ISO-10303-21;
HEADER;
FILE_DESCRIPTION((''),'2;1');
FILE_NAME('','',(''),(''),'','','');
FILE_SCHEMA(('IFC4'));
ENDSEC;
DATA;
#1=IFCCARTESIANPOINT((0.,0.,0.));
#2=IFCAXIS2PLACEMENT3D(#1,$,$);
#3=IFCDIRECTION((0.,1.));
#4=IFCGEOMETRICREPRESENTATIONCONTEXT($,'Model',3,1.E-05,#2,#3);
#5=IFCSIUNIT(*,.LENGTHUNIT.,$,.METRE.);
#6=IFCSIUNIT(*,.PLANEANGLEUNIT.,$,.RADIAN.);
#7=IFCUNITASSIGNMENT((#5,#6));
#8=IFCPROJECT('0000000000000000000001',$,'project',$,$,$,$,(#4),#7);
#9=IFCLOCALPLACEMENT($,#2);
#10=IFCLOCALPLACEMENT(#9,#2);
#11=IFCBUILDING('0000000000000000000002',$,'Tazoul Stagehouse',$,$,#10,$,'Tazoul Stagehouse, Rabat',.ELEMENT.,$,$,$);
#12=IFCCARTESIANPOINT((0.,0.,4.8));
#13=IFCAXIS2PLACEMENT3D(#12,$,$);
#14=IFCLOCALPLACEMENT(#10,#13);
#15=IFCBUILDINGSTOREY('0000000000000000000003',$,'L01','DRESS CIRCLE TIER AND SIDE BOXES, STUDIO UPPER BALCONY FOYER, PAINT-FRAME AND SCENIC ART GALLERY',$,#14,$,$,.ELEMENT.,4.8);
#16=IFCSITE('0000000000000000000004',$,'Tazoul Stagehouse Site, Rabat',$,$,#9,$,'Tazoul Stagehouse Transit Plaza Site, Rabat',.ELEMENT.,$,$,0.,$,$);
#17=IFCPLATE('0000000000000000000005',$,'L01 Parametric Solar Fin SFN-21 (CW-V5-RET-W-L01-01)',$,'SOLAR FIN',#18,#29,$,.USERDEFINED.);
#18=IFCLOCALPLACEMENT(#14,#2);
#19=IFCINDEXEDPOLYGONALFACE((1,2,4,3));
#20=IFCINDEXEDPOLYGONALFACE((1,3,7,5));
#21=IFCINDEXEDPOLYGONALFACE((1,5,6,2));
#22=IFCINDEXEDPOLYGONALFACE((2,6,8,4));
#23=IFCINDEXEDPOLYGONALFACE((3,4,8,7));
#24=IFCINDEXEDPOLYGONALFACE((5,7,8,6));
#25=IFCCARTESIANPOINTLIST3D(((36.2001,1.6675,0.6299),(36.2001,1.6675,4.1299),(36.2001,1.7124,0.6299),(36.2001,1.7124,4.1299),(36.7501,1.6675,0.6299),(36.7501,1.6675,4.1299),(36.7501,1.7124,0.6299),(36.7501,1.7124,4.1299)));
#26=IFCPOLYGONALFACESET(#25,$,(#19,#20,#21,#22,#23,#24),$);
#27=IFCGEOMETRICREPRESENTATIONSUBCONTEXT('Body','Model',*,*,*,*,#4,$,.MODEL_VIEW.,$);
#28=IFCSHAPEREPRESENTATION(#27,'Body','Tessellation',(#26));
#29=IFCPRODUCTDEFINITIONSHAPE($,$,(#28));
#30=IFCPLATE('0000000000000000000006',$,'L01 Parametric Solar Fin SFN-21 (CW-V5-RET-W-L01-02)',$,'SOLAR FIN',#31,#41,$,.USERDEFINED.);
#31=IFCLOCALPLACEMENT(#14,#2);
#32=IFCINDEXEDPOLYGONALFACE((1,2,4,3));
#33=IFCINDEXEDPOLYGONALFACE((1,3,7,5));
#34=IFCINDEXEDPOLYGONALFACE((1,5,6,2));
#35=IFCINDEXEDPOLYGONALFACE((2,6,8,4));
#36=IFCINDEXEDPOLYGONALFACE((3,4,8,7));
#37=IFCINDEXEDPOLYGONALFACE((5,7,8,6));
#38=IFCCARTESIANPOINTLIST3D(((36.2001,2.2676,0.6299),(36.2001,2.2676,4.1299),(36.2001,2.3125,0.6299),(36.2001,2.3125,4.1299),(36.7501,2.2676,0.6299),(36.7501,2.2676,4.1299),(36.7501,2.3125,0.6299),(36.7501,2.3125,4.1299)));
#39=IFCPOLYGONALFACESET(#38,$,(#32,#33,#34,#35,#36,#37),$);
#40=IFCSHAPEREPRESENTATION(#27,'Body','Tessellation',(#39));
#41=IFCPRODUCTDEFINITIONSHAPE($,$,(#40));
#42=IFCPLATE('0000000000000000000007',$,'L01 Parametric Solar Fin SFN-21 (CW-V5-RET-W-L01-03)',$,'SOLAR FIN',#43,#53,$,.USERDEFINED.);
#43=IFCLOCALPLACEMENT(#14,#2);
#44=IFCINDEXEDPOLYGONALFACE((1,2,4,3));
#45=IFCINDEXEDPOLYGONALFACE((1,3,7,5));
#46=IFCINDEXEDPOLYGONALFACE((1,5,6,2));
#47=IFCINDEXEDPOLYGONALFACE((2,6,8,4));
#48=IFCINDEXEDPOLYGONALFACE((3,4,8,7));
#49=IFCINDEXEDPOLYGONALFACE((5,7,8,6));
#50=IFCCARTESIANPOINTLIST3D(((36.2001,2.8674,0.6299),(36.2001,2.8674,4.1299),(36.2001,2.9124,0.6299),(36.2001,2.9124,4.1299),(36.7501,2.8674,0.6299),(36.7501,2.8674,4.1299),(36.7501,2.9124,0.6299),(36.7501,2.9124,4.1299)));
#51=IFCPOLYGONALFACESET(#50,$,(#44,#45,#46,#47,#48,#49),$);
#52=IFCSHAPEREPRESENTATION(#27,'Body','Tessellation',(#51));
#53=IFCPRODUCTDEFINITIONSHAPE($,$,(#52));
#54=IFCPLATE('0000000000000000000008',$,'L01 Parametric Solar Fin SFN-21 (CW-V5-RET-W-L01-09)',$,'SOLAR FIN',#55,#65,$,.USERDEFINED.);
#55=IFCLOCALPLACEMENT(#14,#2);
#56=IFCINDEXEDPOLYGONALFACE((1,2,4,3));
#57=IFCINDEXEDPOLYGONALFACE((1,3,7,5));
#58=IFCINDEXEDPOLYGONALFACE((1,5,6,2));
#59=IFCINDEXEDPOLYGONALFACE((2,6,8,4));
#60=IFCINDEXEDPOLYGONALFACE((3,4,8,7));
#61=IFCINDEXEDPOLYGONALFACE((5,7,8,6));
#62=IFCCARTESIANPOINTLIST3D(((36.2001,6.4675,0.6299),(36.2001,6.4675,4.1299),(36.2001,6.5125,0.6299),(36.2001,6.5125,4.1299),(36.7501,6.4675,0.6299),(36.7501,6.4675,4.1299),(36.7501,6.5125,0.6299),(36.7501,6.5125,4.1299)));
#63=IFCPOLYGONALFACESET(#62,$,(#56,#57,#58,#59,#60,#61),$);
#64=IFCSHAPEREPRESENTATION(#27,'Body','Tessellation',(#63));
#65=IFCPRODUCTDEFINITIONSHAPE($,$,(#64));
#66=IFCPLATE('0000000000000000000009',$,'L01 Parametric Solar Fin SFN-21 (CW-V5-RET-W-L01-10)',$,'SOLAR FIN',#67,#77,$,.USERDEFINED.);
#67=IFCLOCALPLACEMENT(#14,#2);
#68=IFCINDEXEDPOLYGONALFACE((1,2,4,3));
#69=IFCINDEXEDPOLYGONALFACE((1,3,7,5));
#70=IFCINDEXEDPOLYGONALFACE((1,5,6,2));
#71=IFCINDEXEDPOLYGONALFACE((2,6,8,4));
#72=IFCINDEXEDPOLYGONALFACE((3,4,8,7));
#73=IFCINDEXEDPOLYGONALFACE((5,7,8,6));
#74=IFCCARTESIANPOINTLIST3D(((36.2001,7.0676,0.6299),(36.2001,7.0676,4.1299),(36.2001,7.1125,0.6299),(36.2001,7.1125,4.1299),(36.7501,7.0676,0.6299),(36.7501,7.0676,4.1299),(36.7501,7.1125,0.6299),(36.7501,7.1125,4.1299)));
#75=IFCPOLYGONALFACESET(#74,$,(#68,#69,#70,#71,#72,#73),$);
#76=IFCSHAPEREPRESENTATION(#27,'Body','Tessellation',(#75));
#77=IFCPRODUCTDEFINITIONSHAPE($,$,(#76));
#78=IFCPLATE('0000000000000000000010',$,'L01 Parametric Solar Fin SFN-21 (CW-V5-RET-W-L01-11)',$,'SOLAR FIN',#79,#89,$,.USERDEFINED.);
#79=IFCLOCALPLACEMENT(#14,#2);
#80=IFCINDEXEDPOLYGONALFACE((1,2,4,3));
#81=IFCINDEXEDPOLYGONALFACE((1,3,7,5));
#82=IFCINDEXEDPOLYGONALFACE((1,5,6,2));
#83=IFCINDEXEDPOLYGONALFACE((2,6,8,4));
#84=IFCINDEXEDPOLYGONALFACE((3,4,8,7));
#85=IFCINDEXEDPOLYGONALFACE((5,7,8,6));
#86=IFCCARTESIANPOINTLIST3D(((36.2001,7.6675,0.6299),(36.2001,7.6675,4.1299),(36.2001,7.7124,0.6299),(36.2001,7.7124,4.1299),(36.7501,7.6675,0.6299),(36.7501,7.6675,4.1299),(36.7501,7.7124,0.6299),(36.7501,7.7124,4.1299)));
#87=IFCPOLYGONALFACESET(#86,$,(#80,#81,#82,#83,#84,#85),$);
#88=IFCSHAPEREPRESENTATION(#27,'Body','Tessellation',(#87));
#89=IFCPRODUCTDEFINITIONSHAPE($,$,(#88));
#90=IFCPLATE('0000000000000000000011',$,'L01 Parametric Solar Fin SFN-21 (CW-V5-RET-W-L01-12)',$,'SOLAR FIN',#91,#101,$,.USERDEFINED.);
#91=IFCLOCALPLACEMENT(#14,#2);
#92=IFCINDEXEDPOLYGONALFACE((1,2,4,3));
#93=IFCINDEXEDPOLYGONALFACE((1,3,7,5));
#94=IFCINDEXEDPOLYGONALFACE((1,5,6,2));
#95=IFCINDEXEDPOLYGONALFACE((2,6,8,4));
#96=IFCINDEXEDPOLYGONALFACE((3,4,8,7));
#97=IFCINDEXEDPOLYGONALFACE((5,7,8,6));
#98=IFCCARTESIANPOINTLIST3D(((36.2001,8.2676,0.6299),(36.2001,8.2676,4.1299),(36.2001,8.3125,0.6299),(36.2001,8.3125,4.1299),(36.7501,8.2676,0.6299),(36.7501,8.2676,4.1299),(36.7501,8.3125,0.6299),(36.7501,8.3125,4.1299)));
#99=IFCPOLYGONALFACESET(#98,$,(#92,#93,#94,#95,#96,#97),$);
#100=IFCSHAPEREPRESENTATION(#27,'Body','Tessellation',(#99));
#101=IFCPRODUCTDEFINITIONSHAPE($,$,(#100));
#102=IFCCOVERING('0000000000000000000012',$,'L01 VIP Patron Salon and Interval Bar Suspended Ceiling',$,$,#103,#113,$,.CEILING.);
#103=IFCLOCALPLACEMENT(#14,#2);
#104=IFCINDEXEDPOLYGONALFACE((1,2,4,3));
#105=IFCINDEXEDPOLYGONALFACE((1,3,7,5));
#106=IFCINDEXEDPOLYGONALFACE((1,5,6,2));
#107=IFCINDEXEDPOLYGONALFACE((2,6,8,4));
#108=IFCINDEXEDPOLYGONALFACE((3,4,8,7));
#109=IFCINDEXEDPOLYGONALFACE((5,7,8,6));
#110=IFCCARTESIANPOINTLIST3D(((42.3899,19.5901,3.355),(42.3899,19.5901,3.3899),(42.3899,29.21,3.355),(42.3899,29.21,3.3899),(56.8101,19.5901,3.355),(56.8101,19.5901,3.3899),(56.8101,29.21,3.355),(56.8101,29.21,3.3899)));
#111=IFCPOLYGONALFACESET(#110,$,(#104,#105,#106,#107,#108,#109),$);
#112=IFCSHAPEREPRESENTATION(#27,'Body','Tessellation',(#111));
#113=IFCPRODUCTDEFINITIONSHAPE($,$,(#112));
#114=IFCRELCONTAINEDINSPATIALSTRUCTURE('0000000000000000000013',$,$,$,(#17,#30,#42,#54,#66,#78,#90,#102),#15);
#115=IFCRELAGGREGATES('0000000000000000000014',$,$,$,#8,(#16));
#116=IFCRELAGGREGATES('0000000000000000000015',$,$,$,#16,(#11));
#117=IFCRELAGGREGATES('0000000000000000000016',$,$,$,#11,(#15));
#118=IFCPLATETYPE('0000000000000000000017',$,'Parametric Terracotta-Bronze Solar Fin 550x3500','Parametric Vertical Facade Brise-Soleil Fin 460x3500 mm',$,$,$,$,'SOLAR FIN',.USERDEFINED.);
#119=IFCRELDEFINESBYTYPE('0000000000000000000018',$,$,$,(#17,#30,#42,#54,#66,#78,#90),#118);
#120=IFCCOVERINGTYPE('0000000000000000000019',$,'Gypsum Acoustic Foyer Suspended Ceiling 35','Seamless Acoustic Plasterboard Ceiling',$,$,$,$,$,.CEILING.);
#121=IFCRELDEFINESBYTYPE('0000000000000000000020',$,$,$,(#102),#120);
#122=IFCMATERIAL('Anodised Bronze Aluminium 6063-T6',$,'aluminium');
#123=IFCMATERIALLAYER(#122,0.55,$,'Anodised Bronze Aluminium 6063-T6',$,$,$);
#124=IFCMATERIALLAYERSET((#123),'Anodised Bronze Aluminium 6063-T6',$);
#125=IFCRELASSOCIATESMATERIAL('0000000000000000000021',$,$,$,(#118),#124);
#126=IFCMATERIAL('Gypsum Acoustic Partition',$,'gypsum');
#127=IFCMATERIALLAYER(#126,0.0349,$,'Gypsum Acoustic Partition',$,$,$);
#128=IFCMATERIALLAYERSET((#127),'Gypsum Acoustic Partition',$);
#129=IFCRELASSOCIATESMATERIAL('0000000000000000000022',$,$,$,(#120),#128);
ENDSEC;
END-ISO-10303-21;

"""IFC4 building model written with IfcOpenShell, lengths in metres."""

from ifc_helpers import new_model, si_unit, direction, frame, origin, origin_2d, place, context, subcontext, project, spatial, polyline, rectangle, outline, extrude, material, layer, layer_set, type_object, element, save


model = new_model("IFC4")

# Units and contexts
model_context = context("Model", 3, precision=1e-05, world=origin(), true_north=direction((0.0, 1.0)))
body_context = subcontext(model_context, "Body", "Model", "MODEL_VIEW")
ifc_project = project(units=[si_unit("LENGTHUNIT", "METRE"), si_unit("PLANEANGLEUNIT", "RADIAN")], contexts=[model_context])

# Shared definitions
ifc_material_1 = material(Name="Anodised Bronze Aluminium 6063-T6", Category="aluminium")
site_placement = place(None, origin())
building_placement = place(site_placement, origin())
storey_placement = place(building_placement, frame((0.0, 0.0, 4.8)))

# Site, building, storey
site = spatial("IfcSite", under=ifc_project, at=site_placement, Name="Tazoul Stagehouse Site, Rabat", LongName="Tazoul Stagehouse Transit Plaza Site, Rabat", CompositionType="ELEMENT", RefElevation=0.0)
building = spatial("IfcBuilding", under=site, at=building_placement, Name="Tazoul Stagehouse", LongName="Tazoul Stagehouse, Rabat", CompositionType="ELEMENT")
storey = spatial("IfcBuildingStorey", under=building, at=storey_placement, Name="L01", Description="DRESS CIRCLE TIER AND SIDE BOXES, STUDIO UPPER BALCONY FOYER, PAINT-FRAME AND SCENIC ART GALLERY", CompositionType="ELEMENT", Elevation=4.8)

# Plates
ifc_layer_1 = layer(ifc_material_1, 0.55, Name="Anodised Bronze Aluminium 6063-T6")
ifc_layer_set_1 = layer_set([ifc_layer_1], Name="Anodised Bronze Aluminium 6063-T6")
plate_type_1 = type_object("IfcPlateType", Name="Parametric Terracotta-Bronze Solar Fin 550x3500", Description="Parametric Vertical Facade Brise-Soleil Fin 460x3500 mm", ElementType="SOLAR FIN", PredefinedType="USERDEFINED", material=ifc_layer_set_1)
for number, where, z_axis, x_axis, name in (
    (1, (36.4751, 1.6899, 0.6299), (0.0, 0.0, 1.0), (0.0, 1.0, 0.0), "L01 Parametric Solar Fin SFN-21 (CW-V5-RET-W-L01-01)"),
    (2, (36.4751, 2.29, 0.6299), (0.0, 0.0, 1.0), (0.0, 1.0, 0.0), "L01 Parametric Solar Fin SFN-21 (CW-V5-RET-W-L01-02)"),
    (3, (36.4751, 2.8899, 0.6299), (0.0, 0.0, 1.0), (0.0, 1.0, 0.0), "L01 Parametric Solar Fin SFN-21 (CW-V5-RET-W-L01-03)"),
    (4, (36.4751, 6.49, 0.6299), (0.0, 0.0, 1.0), (0.0, 1.0, 0.0), "L01 Parametric Solar Fin SFN-21 (CW-V5-RET-W-L01-09)"),
    (5, (36.4751, 7.0901, 0.6299), (0.0, 0.0, 1.0), (0.0, 1.0, 0.0), "L01 Parametric Solar Fin SFN-21 (CW-V5-RET-W-L01-10)"),
    (6, (36.4751, 7.6899, 0.6299), (0.0, 0.0, 1.0), (0.0, 1.0, 0.0), "L01 Parametric Solar Fin SFN-21 (CW-V5-RET-W-L01-11)"),
    (7, (36.4751, 8.29, 0.6299), (0.0, 0.0, 1.0), (0.0, 1.0, 0.0), "L01 Parametric Solar Fin SFN-21 (CW-V5-RET-W-L01-12)"),
):
    element("IfcPlate", number, at=place(storey_placement, frame(where, z_axis=z_axis, x_axis=x_axis)), inside=storey, type_object=plate_type_1, Name=name, ObjectType="SOLAR FIN", PredefinedType="USERDEFINED", context=body_context, shape_type="SweptSolid", body=[
        extrude(rectangle(XDim=0.0449, YDim=0.55, at=origin_2d()), origin(), (0.0, 0.0, 1.0), 3.5),
    ])

# Covering
ifc_material_2 = material(Name="Gypsum Acoustic Partition", Category="gypsum")
ifc_layer_2 = layer(ifc_material_2, 0.0349, Name="Gypsum Acoustic Partition")
ifc_layer_set_2 = layer_set([ifc_layer_2], Name="Gypsum Acoustic Partition")
covering_type = type_object("IfcCoveringType", Name="Gypsum Acoustic Foyer Suspended Ceiling 35", Description="Seamless Acoustic Plasterboard Ceiling", PredefinedType="CEILING", material=ifc_layer_set_2)
covering_placement = place(storey_placement, frame((0.0, 0.0, 3.355)))
element("IfcCovering", 8, at=covering_placement, inside=storey, type_object=covering_type, Name="L01 VIP Patron Salon and Interval Bar Suspended Ceiling", PredefinedType="CEILING", context=body_context, shape_type="SweptSolid", body=[
    extrude(outline(polyline([(56.8101, 29.21), (56.8101, 19.5901), (42.3899, 19.5901), (42.3899, 29.21), (56.8101, 29.21)])), origin(), (0.0, 0.0, 1.0), 0.0349),
])

save(model, "model.ifc")
